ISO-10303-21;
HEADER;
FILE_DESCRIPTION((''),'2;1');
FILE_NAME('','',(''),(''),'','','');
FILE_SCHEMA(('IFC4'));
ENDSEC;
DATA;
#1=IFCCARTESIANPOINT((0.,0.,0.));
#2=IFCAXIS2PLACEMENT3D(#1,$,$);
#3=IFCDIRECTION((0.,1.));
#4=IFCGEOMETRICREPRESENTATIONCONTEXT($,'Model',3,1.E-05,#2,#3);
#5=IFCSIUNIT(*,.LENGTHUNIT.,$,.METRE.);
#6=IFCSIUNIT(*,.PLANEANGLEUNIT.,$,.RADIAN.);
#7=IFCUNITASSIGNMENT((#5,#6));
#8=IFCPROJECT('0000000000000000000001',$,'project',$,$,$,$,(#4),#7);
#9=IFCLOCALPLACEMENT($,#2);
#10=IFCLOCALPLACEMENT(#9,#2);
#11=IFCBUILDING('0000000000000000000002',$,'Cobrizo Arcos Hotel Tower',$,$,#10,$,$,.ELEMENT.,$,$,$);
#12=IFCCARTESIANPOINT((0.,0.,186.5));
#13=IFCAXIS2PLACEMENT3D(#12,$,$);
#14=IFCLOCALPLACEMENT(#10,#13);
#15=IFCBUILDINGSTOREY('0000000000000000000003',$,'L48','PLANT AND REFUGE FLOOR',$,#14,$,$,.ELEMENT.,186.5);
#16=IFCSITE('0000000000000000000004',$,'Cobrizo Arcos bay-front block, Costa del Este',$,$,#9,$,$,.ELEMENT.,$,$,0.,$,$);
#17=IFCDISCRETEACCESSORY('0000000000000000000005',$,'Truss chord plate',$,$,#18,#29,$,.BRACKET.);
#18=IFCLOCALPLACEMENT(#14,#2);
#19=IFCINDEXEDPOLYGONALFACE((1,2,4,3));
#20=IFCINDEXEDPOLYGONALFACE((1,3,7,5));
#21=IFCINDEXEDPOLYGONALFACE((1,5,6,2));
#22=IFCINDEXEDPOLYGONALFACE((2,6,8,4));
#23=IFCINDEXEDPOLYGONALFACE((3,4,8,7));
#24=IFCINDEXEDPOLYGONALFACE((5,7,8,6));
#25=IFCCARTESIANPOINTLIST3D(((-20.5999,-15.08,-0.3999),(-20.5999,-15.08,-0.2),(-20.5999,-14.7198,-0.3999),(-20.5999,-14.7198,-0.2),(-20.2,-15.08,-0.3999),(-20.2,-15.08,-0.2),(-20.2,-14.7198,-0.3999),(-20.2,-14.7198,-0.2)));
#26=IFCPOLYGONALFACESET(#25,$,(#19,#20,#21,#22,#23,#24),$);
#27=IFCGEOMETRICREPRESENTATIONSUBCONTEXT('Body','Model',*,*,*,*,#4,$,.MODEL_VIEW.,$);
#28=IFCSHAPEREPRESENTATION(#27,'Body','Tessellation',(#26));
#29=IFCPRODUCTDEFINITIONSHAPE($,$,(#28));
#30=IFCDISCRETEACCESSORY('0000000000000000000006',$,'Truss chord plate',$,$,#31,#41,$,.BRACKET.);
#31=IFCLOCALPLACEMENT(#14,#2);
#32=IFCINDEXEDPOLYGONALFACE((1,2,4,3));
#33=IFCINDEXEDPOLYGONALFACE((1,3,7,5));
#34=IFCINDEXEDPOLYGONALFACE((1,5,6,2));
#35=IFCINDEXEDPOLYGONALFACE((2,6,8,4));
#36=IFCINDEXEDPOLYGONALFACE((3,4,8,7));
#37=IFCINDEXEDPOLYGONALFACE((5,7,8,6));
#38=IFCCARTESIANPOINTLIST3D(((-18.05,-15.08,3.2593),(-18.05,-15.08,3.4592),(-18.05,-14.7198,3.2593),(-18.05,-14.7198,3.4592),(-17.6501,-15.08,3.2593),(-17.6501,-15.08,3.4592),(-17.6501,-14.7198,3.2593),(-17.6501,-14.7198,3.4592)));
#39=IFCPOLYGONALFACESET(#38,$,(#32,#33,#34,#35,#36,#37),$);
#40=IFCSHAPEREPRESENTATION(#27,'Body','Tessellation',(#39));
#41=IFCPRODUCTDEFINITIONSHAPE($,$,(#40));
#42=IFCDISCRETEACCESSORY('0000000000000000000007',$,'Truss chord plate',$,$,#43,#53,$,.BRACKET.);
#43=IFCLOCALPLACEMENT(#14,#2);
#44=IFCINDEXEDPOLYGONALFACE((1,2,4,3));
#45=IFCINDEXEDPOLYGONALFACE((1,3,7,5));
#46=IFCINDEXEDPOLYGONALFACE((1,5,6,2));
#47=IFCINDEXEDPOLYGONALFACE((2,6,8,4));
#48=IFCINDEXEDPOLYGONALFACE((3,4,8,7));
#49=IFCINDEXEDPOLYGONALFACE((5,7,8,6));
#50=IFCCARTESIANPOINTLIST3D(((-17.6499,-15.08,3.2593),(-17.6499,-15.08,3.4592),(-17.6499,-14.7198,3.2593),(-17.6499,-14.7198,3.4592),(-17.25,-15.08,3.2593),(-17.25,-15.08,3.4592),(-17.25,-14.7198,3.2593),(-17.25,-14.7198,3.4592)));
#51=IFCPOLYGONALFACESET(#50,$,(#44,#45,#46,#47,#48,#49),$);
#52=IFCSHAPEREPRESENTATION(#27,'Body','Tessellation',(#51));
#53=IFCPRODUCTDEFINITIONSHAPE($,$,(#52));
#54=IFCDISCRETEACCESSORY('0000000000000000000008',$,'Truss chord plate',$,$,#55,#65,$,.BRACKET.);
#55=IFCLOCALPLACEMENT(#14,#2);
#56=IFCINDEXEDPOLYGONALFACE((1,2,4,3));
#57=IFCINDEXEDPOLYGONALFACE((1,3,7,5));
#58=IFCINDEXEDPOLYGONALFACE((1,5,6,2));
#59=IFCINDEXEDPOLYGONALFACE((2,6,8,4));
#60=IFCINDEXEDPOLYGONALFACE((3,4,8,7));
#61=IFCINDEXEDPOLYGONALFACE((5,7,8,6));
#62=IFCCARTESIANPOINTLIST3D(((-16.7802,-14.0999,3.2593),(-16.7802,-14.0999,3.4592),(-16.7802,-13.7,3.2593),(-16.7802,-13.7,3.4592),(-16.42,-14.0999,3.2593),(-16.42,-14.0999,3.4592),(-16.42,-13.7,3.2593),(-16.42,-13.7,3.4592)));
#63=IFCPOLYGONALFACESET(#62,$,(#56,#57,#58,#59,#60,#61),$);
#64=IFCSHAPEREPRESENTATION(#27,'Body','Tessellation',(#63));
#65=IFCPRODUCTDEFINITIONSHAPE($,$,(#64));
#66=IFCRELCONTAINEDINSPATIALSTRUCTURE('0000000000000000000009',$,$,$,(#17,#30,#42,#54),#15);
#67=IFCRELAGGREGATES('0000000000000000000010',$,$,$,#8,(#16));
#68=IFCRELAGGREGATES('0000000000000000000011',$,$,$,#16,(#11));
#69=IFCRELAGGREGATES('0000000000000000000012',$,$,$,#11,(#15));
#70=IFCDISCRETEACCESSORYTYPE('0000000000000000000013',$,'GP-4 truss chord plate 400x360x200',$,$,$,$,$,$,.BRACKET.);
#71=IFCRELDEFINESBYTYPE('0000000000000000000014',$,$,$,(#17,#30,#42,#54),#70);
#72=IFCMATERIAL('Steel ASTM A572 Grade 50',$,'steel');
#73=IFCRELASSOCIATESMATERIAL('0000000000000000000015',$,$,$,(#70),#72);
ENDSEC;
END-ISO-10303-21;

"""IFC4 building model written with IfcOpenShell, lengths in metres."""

from ifc_helpers import new_model, si_unit, direction, frame, origin, origin_2d, place, context, subcontext, project, spatial, rectangle, extrude, material, type_object, element, save


model = new_model("IFC4")

# Units and contexts
model_context = context("Model", 3, precision=1e-05, world=origin(), true_north=direction((0.0, 1.0)))
body_context = subcontext(model_context, "Body", "Model", "MODEL_VIEW")
ifc_project = project(units=[si_unit("LENGTHUNIT", "METRE"), si_unit("PLANEANGLEUNIT", "RADIAN")], contexts=[model_context])

# Site, building, storey
site_placement = place(None, origin())
site = spatial("IfcSite", under=ifc_project, at=site_placement, Name="Cobrizo Arcos bay-front block, Costa del Este", CompositionType="ELEMENT", RefElevation=0.0)
building_placement = place(site_placement, origin())
building = spatial("IfcBuilding", under=site, at=building_placement, Name="Cobrizo Arcos Hotel Tower", CompositionType="ELEMENT")
storey_placement = place(building_placement, frame((0.0, 0.0, 186.5)))
storey = spatial("IfcBuildingStorey", under=building, at=storey_placement, Name="L48", Description="PLANT AND REFUGE FLOOR", CompositionType="ELEMENT", Elevation=186.5)

# Shared definitions
ifc_material_1 = material(Name="Steel ASTM A572 Grade 50", Category="steel")

# Discrete accessories
discrete_accessory_type_1 = type_object("IfcDiscreteAccessoryType", Name="GP-4 truss chord plate 400x360x200", PredefinedType="BRACKET", material=ifc_material_1)
for number, where, z_axis, x_axis, name in (
    (1, (-20.3999, -14.8999, -0.3999), (0.0, 0.0, 1.0), (1.0, 0.0, 0.0), "Truss chord plate"),
    (2, (-17.8501, -14.8999, 3.2593), (0.0, 0.0, 1.0), (1.0, 0.0, 0.0), "Truss chord plate"),
    (3, (-17.45, -14.8999, 3.2593), (0.0, 0.0, 1.0), (1.0, 0.0, 0.0), "Truss chord plate"),
    (4, (-16.6001, -13.8999, 3.2593), (0.0, 0.0, 1.0), (0.0, -1.0, 0.0), "Truss chord plate"),
):
    element("IfcDiscreteAccessory", number, at=place(storey_placement, frame(where, z_axis=z_axis, x_axis=x_axis)), inside=storey, type_object=discrete_accessory_type_1, Name=name, PredefinedType="BRACKET", context=body_context, shape_type="SweptSolid", body=[
        extrude(rectangle(XDim=0.3999, YDim=0.3601, at=origin_2d()), origin(), (0.0, 0.0, 1.0), 0.2),
    ])

save(model, "model.ifc")
